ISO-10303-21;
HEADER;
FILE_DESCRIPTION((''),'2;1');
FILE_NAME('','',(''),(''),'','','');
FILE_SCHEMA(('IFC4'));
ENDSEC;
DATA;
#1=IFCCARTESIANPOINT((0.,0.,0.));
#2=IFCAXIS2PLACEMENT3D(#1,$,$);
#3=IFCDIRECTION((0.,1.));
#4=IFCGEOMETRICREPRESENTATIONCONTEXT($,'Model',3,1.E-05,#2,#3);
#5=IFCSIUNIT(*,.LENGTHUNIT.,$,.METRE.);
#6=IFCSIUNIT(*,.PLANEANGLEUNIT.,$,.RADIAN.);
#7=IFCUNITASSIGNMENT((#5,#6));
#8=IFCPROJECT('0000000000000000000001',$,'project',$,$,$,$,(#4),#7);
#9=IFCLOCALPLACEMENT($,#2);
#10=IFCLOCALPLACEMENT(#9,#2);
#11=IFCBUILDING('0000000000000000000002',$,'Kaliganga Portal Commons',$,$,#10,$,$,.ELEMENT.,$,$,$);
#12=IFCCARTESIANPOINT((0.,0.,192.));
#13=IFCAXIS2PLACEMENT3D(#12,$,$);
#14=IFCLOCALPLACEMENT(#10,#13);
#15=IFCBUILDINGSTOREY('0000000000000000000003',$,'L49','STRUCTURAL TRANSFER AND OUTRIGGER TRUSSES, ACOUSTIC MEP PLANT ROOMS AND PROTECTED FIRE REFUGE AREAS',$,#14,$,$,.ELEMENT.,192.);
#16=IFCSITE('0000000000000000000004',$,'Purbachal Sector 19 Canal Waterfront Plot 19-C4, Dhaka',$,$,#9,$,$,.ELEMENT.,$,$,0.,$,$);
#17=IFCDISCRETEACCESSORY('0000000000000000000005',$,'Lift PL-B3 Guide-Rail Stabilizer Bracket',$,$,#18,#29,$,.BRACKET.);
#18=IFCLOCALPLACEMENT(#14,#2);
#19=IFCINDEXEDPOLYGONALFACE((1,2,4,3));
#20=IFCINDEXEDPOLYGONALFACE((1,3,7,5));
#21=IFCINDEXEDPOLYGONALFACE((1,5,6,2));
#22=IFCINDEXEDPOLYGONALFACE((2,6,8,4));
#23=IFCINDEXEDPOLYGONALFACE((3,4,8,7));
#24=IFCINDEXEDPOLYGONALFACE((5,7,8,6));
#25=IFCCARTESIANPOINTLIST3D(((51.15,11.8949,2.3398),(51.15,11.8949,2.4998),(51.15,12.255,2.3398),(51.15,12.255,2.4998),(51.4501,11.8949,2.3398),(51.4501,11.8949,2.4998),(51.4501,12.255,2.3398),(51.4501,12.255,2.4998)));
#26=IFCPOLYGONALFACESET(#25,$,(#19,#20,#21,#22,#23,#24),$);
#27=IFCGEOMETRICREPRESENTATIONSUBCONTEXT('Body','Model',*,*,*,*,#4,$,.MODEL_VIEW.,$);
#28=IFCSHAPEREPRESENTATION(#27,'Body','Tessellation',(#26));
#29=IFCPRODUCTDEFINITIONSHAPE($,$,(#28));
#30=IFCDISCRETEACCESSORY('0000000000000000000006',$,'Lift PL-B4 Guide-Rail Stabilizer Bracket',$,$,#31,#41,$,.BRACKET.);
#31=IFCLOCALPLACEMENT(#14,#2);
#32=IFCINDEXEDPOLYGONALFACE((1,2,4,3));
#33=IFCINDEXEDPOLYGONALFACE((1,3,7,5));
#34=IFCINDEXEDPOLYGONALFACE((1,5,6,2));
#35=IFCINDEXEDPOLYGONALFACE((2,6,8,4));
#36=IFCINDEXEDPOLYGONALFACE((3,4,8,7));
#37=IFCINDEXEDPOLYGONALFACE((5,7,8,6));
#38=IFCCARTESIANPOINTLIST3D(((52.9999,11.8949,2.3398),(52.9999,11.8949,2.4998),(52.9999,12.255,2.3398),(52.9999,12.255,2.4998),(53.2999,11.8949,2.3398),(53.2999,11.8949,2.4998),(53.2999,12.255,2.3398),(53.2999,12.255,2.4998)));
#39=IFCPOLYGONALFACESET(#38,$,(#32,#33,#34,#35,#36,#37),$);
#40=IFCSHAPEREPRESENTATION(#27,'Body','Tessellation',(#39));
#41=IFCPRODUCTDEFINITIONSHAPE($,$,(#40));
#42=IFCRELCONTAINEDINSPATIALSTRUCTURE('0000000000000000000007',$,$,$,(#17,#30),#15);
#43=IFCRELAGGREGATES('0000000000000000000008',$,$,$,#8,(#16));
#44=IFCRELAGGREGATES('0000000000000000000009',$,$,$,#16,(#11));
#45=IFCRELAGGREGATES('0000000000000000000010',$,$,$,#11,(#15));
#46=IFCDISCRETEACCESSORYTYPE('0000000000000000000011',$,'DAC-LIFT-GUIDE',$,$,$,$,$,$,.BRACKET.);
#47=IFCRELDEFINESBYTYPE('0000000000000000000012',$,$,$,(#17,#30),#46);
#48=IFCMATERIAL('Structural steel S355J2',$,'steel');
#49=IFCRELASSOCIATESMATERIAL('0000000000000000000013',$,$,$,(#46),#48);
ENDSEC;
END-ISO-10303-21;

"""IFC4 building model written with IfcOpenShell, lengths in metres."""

from ifc_helpers import new_model, si_unit, direction, frame, origin, origin_2d, place, context, subcontext, project, spatial, rectangle, extrude, source, transform, mapped, material, type_object, element, save


model = new_model("IFC4")

# Units and contexts
model_context = context("Model", 3, precision=1e-05, world=origin(), true_north=direction((0.0, 1.0)))
body_context = subcontext(model_context, "Body", "Model", "MODEL_VIEW")
ifc_project = project(units=[si_unit("LENGTHUNIT", "METRE"), si_unit("PLANEANGLEUNIT", "RADIAN")], contexts=[model_context])

# Site, building, storey
site_placement = place(None, origin())
site = spatial("IfcSite", under=ifc_project, at=site_placement, Name="Purbachal Sector 19 Canal Waterfront Plot 19-C4, Dhaka", CompositionType="ELEMENT", RefElevation=0.0)
building_placement = place(site_placement, origin())
building = spatial("IfcBuilding", under=site, at=building_placement, Name="Kaliganga Portal Commons", CompositionType="ELEMENT")
storey_placement = place(building_placement, frame((0.0, 0.0, 192.0)))
storey = spatial("IfcBuildingStorey", under=building, at=storey_placement, Name="L49", Description="STRUCTURAL TRANSFER AND OUTRIGGER TRUSSES, ACOUSTIC MEP PLANT ROOMS AND PROTECTED FIRE REFUGE AREAS", CompositionType="ELEMENT", Elevation=192.0)

# Discrete accessories
ifc_material_1 = material(Name="Structural steel S355J2", Category="steel")
discrete_accessory_type = type_object("IfcDiscreteAccessoryType", Name="DAC-LIFT-GUIDE", PredefinedType="BRACKET", material=ifc_material_1)
shared_shape_1 = source(origin(), body_context, "Body", "SweptSolid", [
    extrude(rectangle(XDim=0.3, YDim=0.3601, at=origin_2d()), origin(), (0.0, 0.0, 1.0), 0.1599),
])
for number, where, z_axis, x_axis, name in (
    (1, (51.3, 12.075, 2.3398), (0.0, 0.0, 1.0), (1.0, 0.0, 0.0), "Lift PL-B3 Guide-Rail Stabilizer Bracket"),
    (2, (53.1499, 12.075, 2.3398), (0.0, 0.0, 1.0), (1.0, 0.0, 0.0), "Lift PL-B4 Guide-Rail Stabilizer Bracket"),
):
    element("IfcDiscreteAccessory", number, at=place(storey_placement, frame(where, z_axis=z_axis, x_axis=x_axis)), inside=storey, type_object=discrete_accessory_type, Name=name, PredefinedType="BRACKET", context=body_context, shape_type="MappedRepresentation", body=[
        mapped(shared_shape_1, transform((0.0, 0.0, 0.0), x_axis=(1.0, 0.0, 0.0), y_axis=(0.0, 1.0, 0.0), z_axis=(0.0, 0.0, 1.0), scale=1.0)),
    ])

save(model, "model.ifc")
